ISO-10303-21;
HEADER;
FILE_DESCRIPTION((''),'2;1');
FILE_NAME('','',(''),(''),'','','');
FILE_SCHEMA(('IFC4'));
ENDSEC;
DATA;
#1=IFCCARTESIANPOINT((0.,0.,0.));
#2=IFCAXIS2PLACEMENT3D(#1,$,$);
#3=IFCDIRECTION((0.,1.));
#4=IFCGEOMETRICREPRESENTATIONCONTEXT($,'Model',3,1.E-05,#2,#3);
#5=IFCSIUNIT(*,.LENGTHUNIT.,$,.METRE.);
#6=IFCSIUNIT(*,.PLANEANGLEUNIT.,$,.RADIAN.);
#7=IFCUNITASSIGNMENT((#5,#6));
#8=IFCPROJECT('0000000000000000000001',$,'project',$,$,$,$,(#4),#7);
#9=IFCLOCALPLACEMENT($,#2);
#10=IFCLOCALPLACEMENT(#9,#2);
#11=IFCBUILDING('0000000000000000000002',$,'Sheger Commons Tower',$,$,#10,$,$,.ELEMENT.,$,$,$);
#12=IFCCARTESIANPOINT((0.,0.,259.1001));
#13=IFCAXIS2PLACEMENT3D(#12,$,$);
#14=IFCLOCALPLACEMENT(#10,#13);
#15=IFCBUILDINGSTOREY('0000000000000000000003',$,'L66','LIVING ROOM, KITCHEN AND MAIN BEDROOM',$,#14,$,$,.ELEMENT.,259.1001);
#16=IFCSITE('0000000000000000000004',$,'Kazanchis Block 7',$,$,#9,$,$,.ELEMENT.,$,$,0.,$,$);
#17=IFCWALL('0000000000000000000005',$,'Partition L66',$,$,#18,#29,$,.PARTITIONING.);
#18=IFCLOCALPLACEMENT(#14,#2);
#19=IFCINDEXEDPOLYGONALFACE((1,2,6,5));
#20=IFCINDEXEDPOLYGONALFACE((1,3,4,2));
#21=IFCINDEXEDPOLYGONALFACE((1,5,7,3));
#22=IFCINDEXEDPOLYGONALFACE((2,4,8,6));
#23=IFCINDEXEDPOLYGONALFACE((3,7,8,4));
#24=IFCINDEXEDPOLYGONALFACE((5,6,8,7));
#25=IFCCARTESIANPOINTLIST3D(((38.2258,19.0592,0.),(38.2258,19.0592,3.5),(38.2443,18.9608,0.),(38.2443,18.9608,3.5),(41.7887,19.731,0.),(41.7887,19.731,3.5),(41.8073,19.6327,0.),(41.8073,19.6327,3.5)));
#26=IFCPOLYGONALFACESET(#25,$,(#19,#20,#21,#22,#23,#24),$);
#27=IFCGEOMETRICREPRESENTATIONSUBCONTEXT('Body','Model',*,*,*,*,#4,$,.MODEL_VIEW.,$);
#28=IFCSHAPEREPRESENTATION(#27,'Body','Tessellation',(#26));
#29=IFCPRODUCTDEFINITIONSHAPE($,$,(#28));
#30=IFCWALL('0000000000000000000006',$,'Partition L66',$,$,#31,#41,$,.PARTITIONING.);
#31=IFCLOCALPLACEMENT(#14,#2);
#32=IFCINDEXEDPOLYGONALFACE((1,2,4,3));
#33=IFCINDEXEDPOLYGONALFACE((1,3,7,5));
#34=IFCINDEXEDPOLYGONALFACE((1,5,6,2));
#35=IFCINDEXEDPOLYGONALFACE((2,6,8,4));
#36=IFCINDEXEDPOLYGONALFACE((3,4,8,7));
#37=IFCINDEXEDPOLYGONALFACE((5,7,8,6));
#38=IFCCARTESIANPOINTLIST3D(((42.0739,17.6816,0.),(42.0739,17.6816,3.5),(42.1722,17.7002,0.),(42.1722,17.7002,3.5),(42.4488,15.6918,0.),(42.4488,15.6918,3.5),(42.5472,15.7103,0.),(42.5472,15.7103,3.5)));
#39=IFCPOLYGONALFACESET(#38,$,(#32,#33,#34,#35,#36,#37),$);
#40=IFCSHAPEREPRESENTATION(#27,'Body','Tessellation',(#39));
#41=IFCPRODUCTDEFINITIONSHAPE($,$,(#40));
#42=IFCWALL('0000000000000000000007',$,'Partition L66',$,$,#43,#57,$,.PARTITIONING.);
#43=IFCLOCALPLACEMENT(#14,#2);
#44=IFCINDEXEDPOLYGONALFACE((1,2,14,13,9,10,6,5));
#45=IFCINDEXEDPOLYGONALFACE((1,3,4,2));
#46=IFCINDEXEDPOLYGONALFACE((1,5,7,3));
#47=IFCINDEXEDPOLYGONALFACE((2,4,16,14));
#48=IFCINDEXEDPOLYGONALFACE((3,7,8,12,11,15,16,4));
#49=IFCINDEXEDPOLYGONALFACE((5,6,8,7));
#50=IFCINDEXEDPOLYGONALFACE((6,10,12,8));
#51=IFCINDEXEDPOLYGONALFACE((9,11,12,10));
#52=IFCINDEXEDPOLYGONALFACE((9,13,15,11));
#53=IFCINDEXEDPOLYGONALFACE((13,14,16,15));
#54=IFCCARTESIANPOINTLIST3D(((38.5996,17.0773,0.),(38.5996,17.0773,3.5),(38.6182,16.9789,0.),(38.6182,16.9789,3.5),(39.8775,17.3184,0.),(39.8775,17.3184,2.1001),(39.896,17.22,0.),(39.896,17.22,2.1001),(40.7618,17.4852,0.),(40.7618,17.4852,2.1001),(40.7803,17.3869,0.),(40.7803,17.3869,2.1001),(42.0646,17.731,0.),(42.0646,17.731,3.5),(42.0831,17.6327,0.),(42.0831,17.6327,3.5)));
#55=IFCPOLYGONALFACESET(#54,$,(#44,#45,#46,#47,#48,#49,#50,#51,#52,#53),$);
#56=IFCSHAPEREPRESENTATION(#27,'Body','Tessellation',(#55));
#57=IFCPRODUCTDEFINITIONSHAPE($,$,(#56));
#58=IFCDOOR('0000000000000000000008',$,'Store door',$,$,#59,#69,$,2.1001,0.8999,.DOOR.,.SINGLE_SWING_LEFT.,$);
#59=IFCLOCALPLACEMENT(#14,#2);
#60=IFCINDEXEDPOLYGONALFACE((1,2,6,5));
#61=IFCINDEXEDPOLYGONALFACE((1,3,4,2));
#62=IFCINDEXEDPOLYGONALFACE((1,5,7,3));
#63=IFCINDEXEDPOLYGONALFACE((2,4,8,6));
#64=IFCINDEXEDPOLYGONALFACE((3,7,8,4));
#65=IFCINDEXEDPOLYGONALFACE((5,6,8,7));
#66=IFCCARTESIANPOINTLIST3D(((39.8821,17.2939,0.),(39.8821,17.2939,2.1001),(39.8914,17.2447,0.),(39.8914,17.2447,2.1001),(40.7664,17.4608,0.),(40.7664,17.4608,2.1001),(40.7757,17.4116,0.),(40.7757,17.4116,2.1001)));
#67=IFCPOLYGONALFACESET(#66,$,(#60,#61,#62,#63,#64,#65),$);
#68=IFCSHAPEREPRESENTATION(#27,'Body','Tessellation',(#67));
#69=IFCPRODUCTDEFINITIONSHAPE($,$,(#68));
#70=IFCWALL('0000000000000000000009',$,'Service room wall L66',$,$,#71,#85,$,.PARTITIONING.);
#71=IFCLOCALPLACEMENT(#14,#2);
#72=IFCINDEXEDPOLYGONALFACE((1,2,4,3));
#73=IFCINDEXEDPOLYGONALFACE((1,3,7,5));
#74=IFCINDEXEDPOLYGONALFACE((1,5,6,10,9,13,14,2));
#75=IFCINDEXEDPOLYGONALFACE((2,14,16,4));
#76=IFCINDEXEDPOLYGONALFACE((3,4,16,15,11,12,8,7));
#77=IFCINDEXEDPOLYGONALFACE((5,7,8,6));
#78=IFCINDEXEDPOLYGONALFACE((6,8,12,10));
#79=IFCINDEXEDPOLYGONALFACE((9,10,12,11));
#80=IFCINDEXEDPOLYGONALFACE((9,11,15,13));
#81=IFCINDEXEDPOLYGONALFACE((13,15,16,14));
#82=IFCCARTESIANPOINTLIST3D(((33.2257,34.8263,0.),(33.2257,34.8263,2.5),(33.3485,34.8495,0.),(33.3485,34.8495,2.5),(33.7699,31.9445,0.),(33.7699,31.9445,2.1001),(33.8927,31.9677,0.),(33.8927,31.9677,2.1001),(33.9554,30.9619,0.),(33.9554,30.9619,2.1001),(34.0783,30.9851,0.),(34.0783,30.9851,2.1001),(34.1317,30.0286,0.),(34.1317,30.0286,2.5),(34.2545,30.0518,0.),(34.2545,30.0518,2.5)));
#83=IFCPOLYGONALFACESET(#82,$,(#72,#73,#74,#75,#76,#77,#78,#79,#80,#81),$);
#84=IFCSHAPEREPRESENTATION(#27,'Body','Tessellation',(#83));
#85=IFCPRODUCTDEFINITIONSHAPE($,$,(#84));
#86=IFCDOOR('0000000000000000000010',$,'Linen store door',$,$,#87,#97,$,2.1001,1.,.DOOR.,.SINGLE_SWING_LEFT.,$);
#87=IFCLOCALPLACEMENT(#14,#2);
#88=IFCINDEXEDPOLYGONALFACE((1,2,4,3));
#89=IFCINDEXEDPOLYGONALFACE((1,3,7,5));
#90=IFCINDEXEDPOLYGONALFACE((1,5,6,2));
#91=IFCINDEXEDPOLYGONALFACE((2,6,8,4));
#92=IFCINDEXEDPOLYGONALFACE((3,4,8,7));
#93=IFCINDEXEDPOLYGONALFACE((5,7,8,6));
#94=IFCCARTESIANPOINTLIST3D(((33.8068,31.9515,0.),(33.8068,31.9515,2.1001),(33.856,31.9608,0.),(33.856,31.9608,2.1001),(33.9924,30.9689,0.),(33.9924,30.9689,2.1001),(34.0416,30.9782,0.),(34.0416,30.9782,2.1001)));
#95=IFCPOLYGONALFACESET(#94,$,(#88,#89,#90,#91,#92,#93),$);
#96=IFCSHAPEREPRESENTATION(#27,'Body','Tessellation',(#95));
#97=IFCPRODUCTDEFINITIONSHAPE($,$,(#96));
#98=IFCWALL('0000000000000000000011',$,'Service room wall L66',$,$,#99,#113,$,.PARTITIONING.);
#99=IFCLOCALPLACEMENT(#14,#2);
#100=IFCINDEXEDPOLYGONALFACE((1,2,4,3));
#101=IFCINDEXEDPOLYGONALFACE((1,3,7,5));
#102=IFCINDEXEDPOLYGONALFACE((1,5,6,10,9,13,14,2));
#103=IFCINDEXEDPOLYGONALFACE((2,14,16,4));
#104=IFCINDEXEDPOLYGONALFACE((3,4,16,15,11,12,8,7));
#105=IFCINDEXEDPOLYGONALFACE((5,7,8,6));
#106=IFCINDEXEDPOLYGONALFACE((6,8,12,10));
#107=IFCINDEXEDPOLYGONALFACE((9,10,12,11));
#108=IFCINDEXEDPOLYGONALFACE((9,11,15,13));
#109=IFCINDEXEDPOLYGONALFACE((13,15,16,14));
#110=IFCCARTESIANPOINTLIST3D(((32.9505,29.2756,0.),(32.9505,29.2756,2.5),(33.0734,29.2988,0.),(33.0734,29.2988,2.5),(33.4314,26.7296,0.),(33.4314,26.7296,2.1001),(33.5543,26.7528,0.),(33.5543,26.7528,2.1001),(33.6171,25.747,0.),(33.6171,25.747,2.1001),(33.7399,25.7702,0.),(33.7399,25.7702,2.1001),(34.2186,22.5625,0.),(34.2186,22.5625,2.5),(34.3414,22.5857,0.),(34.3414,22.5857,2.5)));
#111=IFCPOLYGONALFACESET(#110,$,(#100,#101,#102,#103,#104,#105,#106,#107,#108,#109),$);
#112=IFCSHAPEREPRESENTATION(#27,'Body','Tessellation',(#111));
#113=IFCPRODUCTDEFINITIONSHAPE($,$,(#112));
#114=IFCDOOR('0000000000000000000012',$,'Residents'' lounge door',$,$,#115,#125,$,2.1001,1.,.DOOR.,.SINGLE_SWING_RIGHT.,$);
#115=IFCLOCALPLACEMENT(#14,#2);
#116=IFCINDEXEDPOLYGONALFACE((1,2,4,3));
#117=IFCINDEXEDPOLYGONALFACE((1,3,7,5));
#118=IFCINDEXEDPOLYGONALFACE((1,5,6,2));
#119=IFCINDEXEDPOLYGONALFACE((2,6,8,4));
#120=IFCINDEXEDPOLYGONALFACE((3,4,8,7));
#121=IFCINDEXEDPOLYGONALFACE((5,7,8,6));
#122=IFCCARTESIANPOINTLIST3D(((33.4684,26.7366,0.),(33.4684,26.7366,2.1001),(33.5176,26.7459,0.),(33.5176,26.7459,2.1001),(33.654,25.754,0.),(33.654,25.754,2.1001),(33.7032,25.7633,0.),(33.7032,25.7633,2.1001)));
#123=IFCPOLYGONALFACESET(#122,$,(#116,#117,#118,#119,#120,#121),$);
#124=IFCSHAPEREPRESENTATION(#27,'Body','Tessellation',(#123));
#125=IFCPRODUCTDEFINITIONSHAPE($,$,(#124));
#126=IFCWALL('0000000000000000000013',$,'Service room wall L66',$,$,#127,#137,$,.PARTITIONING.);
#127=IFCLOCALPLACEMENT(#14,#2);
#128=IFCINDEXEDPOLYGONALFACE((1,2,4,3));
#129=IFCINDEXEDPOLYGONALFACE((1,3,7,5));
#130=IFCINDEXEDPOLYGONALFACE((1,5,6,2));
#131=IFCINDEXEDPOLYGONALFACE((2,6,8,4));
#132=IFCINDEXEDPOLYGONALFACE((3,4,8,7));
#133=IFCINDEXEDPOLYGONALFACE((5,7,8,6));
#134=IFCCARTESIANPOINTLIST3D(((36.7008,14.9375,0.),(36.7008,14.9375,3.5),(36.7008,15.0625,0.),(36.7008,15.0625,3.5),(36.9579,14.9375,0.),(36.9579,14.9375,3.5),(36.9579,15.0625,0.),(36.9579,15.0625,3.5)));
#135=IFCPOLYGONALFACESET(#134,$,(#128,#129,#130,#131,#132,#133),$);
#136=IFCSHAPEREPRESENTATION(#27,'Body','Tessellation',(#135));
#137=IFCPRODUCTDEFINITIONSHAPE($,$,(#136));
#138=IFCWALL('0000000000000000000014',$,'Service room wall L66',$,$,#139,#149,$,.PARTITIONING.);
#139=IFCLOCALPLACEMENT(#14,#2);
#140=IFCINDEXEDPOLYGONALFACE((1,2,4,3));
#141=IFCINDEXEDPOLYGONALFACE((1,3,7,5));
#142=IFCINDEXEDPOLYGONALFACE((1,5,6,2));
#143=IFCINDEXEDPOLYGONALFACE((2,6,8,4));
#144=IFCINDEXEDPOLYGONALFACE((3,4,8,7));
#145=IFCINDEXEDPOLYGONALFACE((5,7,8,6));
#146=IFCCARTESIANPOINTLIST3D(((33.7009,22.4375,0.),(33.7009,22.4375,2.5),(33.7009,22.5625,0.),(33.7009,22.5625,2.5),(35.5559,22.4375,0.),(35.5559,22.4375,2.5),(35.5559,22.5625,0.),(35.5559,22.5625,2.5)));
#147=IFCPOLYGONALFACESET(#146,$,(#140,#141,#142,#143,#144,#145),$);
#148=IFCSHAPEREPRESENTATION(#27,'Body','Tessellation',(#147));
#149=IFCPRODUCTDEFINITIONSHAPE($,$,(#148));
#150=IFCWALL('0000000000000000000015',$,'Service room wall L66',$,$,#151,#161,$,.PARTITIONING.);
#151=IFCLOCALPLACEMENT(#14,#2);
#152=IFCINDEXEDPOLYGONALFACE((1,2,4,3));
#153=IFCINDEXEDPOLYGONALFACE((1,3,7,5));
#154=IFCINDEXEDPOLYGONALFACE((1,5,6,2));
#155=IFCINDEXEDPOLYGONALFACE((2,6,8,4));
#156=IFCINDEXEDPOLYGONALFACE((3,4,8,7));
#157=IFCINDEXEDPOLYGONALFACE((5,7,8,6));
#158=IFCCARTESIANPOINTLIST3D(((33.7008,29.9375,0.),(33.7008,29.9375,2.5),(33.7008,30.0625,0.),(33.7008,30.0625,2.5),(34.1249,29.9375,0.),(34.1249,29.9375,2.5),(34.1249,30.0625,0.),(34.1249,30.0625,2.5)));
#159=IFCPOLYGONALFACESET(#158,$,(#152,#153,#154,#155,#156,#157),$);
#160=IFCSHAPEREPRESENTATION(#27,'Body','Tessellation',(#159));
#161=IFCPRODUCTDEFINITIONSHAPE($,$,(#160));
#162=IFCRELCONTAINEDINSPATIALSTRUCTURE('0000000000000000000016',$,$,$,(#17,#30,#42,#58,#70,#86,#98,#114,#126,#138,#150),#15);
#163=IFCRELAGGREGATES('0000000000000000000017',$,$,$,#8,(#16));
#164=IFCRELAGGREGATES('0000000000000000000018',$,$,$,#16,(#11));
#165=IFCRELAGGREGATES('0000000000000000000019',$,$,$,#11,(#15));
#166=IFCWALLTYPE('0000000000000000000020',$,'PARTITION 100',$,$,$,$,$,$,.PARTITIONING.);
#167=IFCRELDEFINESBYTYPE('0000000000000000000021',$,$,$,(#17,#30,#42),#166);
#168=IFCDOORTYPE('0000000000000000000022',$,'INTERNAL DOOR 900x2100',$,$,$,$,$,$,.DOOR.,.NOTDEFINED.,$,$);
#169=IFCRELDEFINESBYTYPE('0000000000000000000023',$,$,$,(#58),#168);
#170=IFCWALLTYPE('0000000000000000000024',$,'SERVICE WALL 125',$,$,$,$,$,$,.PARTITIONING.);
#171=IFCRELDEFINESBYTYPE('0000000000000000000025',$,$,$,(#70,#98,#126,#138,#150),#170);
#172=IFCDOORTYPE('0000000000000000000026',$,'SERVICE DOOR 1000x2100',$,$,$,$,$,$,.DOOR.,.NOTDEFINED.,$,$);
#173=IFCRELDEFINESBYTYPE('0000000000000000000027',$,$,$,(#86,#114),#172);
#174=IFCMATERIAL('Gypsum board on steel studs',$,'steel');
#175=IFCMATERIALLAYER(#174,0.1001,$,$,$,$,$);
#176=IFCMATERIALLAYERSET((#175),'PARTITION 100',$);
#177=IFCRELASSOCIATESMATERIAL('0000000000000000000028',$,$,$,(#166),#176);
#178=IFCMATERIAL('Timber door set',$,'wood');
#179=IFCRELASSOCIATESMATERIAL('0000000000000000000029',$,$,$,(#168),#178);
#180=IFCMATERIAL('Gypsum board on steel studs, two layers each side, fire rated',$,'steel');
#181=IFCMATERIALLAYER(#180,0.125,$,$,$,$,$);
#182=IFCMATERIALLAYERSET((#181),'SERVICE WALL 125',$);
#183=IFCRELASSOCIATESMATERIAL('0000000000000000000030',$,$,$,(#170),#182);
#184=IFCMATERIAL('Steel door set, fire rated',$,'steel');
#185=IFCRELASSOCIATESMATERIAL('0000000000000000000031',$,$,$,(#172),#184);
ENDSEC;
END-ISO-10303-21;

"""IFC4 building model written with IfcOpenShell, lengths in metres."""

from ifc_helpers import new_model, si_unit, direction, frame, frame_2d, origin, place, context, subcontext, project, spatial, rectangle, extrude, material, layer, layer_set, type_object, element, fill, save


model = new_model("IFC4")

# Units and contexts
model_context = context("Model", 3, precision=1e-05, world=origin(), true_north=direction((0.0, 1.0)))
body_context = subcontext(model_context, "Body", "Model", "MODEL_VIEW")
ifc_project = project(units=[si_unit("LENGTHUNIT", "METRE"), si_unit("PLANEANGLEUNIT", "RADIAN")], contexts=[model_context])

# Site, building, storey
site_placement = place(None, origin())
site = spatial("IfcSite", under=ifc_project, at=site_placement, Name="Kazanchis Block 7", CompositionType="ELEMENT", RefElevation=0.0)
building_placement = place(site_placement, origin())
building = spatial("IfcBuilding", under=site, at=building_placement, Name="Sheger Commons Tower", CompositionType="ELEMENT")
storey_placement = place(building_placement, frame((0.0, 0.0, 259.1001)))
storey = spatial("IfcBuildingStorey", under=building, at=storey_placement, Name="L66", Description="LIVING ROOM, KITCHEN AND MAIN BEDROOM", CompositionType="ELEMENT", Elevation=259.1001)

# Shared definitions
ifc_material_1 = material(Name="Gypsum board on steel studs", Category="steel")
ifc_layer_1 = layer(ifc_material_1, 0.1001)
ifc_layer_set_1 = layer_set([ifc_layer_1], Name="PARTITION 100")
wall_type_1 = type_object("IfcWallType", Name="PARTITION 100", PredefinedType="PARTITIONING", material=ifc_layer_set_1)
ifc_material_2 = material(Name="Timber door set", Category="wood")
door_type_1 = type_object("IfcDoorType", Name="INTERNAL DOOR 900x2100", OperationType="NOTDEFINED", PredefinedType="DOOR", material=ifc_material_2)

# Walls
wall_1_placement = place(storey_placement, frame((41.7981, 19.6819, 0.0), z_axis=(0.0, 0.0, 1.0), x_axis=(-0.982681, -0.185305, 0.0)))
element("IfcWall", 1, at=wall_1_placement, inside=storey, type_object=wall_type_1, Name="Partition L66", PredefinedType="PARTITIONING", context=body_context, shape_type="SweptSolid", body=[
    extrude(rectangle(XDim=3.6257, YDim=0.1001, at=frame_2d((1.813, 0.0))), origin(), (0.0, 0.0, 1.0), 3.5),
])
wall_2_placement = place(storey_placement, frame((42.123, 17.6909, 0.0), z_axis=(0.0, 0.0, 1.0), x_axis=(0.185184, -0.982704, 0.0)))
element("IfcWall", 2, at=wall_2_placement, inside=storey, type_object=wall_type_1, Name="Partition L66", PredefinedType="PARTITIONING", context=body_context, shape_type="SweptSolid", body=[
    extrude(rectangle(XDim=2.0249, YDim=0.1001, at=frame_2d((1.0125, 0.0))), origin(), (0.0, 0.0, 1.0), 3.5),
])

# Walls, openings, doors
wall_3_placement = place(storey_placement, frame((42.074, 17.6819, 0.0), z_axis=(0.0, 0.0, 1.0), x_axis=(-0.982661, -0.185413, 0.0)))
wall_3 = element("IfcWall", 3, at=wall_3_placement, inside=storey, type_object=wall_type_1, Name="Partition L66", PredefinedType="PARTITIONING", context=body_context, shape_type="SweptSolid", body=[
    extrude(rectangle(XDim=3.5261, YDim=0.1001, at=frame_2d((1.7632, 0.0))), origin(), (0.0, 0.0, 1.0), 3.5),
])
opening_1_placement = place(wall_3_placement, frame((1.3259, 0.0, 0.0)))
opening_1 = element("IfcOpeningElement", 4, at=opening_1_placement, cuts=wall_3, PredefinedType="OPENING", context=body_context, shape_type="SweptSolid", body=[
    extrude(rectangle(XDim=0.8999, YDim=2.1001, at=frame_2d((0.45, 1.05))), frame((0.0, 0.0601, 0.0), z_axis=(0.0, -1.0, 0.0), x_axis=(1.0, 0.0, 0.0)), (0.0, 0.0, 1.0), 0.1201),
])
door_1_placement = place(opening_1_placement, origin())
door_1 = element("IfcDoor", 5, at=door_1_placement, inside=storey, type_object=door_type_1, Name="Store door", OperationType="SINGLE_SWING_LEFT", OverallHeight=2.1001, OverallWidth=0.8999, PredefinedType="DOOR", context=body_context, shape_type="SweptSolid", body=[
    extrude(rectangle(XDim=0.8999, YDim=2.1001, at=frame_2d((0.45, 1.05))), frame((0.0, 0.0249, 0.0), z_axis=(0.0, -1.0, 0.0), x_axis=(1.0, 0.0, 0.0)), (0.0, 0.0, 1.0), 0.05),
])
fill(opening_1, door_1)
ifc_material_3 = material(Name="Gypsum board on steel studs, two layers each side, fire rated", Category="steel")
ifc_layer_2 = layer(ifc_material_3, 0.125)
ifc_layer_set_2 = layer_set([ifc_layer_2], Name="SERVICE WALL 125")
wall_type_2 = type_object("IfcWallType", Name="SERVICE WALL 125", PredefinedType="PARTITIONING", material=ifc_layer_set_2)
wall_4_placement = place(storey_placement, frame((34.1931, 30.04, 0.0), z_axis=(0.0, 0.0, 1.0), x_axis=(-0.185556, 0.982634, 0.0)))
wall_4 = element("IfcWall", 6, at=wall_4_placement, inside=storey, type_object=wall_type_2, Name="Service room wall L66", PredefinedType="PARTITIONING", context=body_context, shape_type="SweptSolid", body=[
    extrude(rectangle(XDim=4.8826, YDim=0.125, at=frame_2d((2.4414, 0.0))), origin(), (0.0, 0.0, 1.0), 2.5),
])
opening_2_placement = place(wall_4_placement, frame((0.95, 0.0, 0.0)))
opening_2 = element("IfcOpeningElement", 7, at=opening_2_placement, cuts=wall_4, PredefinedType="OPENING", context=body_context, shape_type="SweptSolid", body=[
    extrude(rectangle(XDim=1.0, YDim=2.1001, at=frame_2d((0.5, 1.05))), frame((0.0, 0.0725, 0.0), z_axis=(0.0, -1.0, 0.0), x_axis=(1.0, 0.0, 0.0)), (0.0, 0.0, 1.0), 0.145),
])
ifc_material_4 = material(Name="Steel door set, fire rated", Category="steel")
door_type_2 = type_object("IfcDoorType", Name="SERVICE DOOR 1000x2100", OperationType="NOTDEFINED", PredefinedType="DOOR", material=ifc_material_4)
door_2_placement = place(opening_2_placement, origin())
door_2 = element("IfcDoor", 8, at=door_2_placement, inside=storey, type_object=door_type_2, Name="Linen store door", OperationType="SINGLE_SWING_LEFT", OverallHeight=2.1001, OverallWidth=1.0, PredefinedType="DOOR", context=body_context, shape_type="SweptSolid", body=[
    extrude(rectangle(XDim=1.0, YDim=2.1001, at=frame_2d((0.5, 1.05))), frame((0.0, 0.0249, 0.0), z_axis=(0.0, -1.0, 0.0), x_axis=(1.0, 0.0, 0.0)), (0.0, 0.0, 1.0), 0.05),
])
fill(opening_2, door_2)
wall_5_placement = place(storey_placement, frame((34.28, 22.574, 0.0), z_axis=(0.0, 0.0, 1.0), x_axis=(-0.185611, 0.982623, 0.0)))
wall_5 = element("IfcWall", 9, at=wall_5_placement, inside=storey, type_object=wall_type_2, Name="Service room wall L66", PredefinedType="PARTITIONING", context=body_context, shape_type="SweptSolid", body=[
    extrude(rectangle(XDim=6.8318, YDim=0.125, at=frame_2d((3.416, 0.0))), origin(), (0.0, 0.0, 1.0), 2.5),
])
opening_3_placement = place(wall_5_placement, frame((3.241, 0.0, 0.0)))
opening_3 = element("IfcOpeningElement", 10, at=opening_3_placement, cuts=wall_5, PredefinedType="OPENING", context=body_context, shape_type="SweptSolid", body=[
    extrude(rectangle(XDim=1.0, YDim=2.1001, at=frame_2d((0.5, 1.05))), frame((0.0, 0.0725, 0.0), z_axis=(0.0, -1.0, 0.0), x_axis=(1.0, 0.0, 0.0)), (0.0, 0.0, 1.0), 0.145),
])
door_3_placement = place(opening_3_placement, origin())
door_3 = element("IfcDoor", 11, at=door_3_placement, inside=storey, type_object=door_type_2, Name="Residents' lounge door", OperationType="SINGLE_SWING_RIGHT", OverallHeight=2.1001, OverallWidth=1.0, PredefinedType="DOOR", context=body_context, shape_type="SweptSolid", body=[
    extrude(rectangle(XDim=1.0, YDim=2.1001, at=frame_2d((0.5, 1.05))), frame((0.0, 0.0249, 0.0), z_axis=(0.0, -1.0, 0.0), x_axis=(1.0, 0.0, 0.0)), (0.0, 0.0, 1.0), 0.05),
])
fill(opening_3, door_3)

# Walls
wall_6_placement = place(storey_placement, frame((36.7009, 15.0, 0.0), z_axis=(0.0, 0.0, 1.0), x_axis=(1.0, 0.0, 0.0)))
element("IfcWall", 12, at=wall_6_placement, inside=storey, type_object=wall_type_2, Name="Service room wall L66", PredefinedType="PARTITIONING", context=body_context, shape_type="SweptSolid", body=[
    extrude(rectangle(XDim=0.2571, YDim=0.125, at=frame_2d((0.1284, 0.0))), origin(), (0.0, 0.0, 1.0), 3.5),
])
wall_7_placement = place(storey_placement, frame((33.7009, 22.5, 0.0), z_axis=(0.0, 0.0, 1.0), x_axis=(1.0, 0.0, 0.0)))
element("IfcWall", 13, at=wall_7_placement, inside=storey, type_object=wall_type_2, Name="Service room wall L66", PredefinedType="PARTITIONING", context=body_context, shape_type="SweptSolid", body=[
    extrude(rectangle(XDim=1.855, YDim=0.125, at=frame_2d((0.9275, 0.0))), origin(), (0.0, 0.0, 1.0), 2.5),
])
wall_8_placement = place(storey_placement, frame((33.7009, 30.0, 0.0), z_axis=(0.0, 0.0, 1.0), x_axis=(1.0, 0.0, 0.0)))
element("IfcWall", 14, at=wall_8_placement, inside=storey, type_object=wall_type_2, Name="Service room wall L66", PredefinedType="PARTITIONING", context=body_context, shape_type="SweptSolid", body=[
    extrude(rectangle(XDim=0.4241, YDim=0.125, at=frame_2d((0.2119, 0.0))), origin(), (0.0, 0.0, 1.0), 2.5),
])

save(model, "model.ifc")
